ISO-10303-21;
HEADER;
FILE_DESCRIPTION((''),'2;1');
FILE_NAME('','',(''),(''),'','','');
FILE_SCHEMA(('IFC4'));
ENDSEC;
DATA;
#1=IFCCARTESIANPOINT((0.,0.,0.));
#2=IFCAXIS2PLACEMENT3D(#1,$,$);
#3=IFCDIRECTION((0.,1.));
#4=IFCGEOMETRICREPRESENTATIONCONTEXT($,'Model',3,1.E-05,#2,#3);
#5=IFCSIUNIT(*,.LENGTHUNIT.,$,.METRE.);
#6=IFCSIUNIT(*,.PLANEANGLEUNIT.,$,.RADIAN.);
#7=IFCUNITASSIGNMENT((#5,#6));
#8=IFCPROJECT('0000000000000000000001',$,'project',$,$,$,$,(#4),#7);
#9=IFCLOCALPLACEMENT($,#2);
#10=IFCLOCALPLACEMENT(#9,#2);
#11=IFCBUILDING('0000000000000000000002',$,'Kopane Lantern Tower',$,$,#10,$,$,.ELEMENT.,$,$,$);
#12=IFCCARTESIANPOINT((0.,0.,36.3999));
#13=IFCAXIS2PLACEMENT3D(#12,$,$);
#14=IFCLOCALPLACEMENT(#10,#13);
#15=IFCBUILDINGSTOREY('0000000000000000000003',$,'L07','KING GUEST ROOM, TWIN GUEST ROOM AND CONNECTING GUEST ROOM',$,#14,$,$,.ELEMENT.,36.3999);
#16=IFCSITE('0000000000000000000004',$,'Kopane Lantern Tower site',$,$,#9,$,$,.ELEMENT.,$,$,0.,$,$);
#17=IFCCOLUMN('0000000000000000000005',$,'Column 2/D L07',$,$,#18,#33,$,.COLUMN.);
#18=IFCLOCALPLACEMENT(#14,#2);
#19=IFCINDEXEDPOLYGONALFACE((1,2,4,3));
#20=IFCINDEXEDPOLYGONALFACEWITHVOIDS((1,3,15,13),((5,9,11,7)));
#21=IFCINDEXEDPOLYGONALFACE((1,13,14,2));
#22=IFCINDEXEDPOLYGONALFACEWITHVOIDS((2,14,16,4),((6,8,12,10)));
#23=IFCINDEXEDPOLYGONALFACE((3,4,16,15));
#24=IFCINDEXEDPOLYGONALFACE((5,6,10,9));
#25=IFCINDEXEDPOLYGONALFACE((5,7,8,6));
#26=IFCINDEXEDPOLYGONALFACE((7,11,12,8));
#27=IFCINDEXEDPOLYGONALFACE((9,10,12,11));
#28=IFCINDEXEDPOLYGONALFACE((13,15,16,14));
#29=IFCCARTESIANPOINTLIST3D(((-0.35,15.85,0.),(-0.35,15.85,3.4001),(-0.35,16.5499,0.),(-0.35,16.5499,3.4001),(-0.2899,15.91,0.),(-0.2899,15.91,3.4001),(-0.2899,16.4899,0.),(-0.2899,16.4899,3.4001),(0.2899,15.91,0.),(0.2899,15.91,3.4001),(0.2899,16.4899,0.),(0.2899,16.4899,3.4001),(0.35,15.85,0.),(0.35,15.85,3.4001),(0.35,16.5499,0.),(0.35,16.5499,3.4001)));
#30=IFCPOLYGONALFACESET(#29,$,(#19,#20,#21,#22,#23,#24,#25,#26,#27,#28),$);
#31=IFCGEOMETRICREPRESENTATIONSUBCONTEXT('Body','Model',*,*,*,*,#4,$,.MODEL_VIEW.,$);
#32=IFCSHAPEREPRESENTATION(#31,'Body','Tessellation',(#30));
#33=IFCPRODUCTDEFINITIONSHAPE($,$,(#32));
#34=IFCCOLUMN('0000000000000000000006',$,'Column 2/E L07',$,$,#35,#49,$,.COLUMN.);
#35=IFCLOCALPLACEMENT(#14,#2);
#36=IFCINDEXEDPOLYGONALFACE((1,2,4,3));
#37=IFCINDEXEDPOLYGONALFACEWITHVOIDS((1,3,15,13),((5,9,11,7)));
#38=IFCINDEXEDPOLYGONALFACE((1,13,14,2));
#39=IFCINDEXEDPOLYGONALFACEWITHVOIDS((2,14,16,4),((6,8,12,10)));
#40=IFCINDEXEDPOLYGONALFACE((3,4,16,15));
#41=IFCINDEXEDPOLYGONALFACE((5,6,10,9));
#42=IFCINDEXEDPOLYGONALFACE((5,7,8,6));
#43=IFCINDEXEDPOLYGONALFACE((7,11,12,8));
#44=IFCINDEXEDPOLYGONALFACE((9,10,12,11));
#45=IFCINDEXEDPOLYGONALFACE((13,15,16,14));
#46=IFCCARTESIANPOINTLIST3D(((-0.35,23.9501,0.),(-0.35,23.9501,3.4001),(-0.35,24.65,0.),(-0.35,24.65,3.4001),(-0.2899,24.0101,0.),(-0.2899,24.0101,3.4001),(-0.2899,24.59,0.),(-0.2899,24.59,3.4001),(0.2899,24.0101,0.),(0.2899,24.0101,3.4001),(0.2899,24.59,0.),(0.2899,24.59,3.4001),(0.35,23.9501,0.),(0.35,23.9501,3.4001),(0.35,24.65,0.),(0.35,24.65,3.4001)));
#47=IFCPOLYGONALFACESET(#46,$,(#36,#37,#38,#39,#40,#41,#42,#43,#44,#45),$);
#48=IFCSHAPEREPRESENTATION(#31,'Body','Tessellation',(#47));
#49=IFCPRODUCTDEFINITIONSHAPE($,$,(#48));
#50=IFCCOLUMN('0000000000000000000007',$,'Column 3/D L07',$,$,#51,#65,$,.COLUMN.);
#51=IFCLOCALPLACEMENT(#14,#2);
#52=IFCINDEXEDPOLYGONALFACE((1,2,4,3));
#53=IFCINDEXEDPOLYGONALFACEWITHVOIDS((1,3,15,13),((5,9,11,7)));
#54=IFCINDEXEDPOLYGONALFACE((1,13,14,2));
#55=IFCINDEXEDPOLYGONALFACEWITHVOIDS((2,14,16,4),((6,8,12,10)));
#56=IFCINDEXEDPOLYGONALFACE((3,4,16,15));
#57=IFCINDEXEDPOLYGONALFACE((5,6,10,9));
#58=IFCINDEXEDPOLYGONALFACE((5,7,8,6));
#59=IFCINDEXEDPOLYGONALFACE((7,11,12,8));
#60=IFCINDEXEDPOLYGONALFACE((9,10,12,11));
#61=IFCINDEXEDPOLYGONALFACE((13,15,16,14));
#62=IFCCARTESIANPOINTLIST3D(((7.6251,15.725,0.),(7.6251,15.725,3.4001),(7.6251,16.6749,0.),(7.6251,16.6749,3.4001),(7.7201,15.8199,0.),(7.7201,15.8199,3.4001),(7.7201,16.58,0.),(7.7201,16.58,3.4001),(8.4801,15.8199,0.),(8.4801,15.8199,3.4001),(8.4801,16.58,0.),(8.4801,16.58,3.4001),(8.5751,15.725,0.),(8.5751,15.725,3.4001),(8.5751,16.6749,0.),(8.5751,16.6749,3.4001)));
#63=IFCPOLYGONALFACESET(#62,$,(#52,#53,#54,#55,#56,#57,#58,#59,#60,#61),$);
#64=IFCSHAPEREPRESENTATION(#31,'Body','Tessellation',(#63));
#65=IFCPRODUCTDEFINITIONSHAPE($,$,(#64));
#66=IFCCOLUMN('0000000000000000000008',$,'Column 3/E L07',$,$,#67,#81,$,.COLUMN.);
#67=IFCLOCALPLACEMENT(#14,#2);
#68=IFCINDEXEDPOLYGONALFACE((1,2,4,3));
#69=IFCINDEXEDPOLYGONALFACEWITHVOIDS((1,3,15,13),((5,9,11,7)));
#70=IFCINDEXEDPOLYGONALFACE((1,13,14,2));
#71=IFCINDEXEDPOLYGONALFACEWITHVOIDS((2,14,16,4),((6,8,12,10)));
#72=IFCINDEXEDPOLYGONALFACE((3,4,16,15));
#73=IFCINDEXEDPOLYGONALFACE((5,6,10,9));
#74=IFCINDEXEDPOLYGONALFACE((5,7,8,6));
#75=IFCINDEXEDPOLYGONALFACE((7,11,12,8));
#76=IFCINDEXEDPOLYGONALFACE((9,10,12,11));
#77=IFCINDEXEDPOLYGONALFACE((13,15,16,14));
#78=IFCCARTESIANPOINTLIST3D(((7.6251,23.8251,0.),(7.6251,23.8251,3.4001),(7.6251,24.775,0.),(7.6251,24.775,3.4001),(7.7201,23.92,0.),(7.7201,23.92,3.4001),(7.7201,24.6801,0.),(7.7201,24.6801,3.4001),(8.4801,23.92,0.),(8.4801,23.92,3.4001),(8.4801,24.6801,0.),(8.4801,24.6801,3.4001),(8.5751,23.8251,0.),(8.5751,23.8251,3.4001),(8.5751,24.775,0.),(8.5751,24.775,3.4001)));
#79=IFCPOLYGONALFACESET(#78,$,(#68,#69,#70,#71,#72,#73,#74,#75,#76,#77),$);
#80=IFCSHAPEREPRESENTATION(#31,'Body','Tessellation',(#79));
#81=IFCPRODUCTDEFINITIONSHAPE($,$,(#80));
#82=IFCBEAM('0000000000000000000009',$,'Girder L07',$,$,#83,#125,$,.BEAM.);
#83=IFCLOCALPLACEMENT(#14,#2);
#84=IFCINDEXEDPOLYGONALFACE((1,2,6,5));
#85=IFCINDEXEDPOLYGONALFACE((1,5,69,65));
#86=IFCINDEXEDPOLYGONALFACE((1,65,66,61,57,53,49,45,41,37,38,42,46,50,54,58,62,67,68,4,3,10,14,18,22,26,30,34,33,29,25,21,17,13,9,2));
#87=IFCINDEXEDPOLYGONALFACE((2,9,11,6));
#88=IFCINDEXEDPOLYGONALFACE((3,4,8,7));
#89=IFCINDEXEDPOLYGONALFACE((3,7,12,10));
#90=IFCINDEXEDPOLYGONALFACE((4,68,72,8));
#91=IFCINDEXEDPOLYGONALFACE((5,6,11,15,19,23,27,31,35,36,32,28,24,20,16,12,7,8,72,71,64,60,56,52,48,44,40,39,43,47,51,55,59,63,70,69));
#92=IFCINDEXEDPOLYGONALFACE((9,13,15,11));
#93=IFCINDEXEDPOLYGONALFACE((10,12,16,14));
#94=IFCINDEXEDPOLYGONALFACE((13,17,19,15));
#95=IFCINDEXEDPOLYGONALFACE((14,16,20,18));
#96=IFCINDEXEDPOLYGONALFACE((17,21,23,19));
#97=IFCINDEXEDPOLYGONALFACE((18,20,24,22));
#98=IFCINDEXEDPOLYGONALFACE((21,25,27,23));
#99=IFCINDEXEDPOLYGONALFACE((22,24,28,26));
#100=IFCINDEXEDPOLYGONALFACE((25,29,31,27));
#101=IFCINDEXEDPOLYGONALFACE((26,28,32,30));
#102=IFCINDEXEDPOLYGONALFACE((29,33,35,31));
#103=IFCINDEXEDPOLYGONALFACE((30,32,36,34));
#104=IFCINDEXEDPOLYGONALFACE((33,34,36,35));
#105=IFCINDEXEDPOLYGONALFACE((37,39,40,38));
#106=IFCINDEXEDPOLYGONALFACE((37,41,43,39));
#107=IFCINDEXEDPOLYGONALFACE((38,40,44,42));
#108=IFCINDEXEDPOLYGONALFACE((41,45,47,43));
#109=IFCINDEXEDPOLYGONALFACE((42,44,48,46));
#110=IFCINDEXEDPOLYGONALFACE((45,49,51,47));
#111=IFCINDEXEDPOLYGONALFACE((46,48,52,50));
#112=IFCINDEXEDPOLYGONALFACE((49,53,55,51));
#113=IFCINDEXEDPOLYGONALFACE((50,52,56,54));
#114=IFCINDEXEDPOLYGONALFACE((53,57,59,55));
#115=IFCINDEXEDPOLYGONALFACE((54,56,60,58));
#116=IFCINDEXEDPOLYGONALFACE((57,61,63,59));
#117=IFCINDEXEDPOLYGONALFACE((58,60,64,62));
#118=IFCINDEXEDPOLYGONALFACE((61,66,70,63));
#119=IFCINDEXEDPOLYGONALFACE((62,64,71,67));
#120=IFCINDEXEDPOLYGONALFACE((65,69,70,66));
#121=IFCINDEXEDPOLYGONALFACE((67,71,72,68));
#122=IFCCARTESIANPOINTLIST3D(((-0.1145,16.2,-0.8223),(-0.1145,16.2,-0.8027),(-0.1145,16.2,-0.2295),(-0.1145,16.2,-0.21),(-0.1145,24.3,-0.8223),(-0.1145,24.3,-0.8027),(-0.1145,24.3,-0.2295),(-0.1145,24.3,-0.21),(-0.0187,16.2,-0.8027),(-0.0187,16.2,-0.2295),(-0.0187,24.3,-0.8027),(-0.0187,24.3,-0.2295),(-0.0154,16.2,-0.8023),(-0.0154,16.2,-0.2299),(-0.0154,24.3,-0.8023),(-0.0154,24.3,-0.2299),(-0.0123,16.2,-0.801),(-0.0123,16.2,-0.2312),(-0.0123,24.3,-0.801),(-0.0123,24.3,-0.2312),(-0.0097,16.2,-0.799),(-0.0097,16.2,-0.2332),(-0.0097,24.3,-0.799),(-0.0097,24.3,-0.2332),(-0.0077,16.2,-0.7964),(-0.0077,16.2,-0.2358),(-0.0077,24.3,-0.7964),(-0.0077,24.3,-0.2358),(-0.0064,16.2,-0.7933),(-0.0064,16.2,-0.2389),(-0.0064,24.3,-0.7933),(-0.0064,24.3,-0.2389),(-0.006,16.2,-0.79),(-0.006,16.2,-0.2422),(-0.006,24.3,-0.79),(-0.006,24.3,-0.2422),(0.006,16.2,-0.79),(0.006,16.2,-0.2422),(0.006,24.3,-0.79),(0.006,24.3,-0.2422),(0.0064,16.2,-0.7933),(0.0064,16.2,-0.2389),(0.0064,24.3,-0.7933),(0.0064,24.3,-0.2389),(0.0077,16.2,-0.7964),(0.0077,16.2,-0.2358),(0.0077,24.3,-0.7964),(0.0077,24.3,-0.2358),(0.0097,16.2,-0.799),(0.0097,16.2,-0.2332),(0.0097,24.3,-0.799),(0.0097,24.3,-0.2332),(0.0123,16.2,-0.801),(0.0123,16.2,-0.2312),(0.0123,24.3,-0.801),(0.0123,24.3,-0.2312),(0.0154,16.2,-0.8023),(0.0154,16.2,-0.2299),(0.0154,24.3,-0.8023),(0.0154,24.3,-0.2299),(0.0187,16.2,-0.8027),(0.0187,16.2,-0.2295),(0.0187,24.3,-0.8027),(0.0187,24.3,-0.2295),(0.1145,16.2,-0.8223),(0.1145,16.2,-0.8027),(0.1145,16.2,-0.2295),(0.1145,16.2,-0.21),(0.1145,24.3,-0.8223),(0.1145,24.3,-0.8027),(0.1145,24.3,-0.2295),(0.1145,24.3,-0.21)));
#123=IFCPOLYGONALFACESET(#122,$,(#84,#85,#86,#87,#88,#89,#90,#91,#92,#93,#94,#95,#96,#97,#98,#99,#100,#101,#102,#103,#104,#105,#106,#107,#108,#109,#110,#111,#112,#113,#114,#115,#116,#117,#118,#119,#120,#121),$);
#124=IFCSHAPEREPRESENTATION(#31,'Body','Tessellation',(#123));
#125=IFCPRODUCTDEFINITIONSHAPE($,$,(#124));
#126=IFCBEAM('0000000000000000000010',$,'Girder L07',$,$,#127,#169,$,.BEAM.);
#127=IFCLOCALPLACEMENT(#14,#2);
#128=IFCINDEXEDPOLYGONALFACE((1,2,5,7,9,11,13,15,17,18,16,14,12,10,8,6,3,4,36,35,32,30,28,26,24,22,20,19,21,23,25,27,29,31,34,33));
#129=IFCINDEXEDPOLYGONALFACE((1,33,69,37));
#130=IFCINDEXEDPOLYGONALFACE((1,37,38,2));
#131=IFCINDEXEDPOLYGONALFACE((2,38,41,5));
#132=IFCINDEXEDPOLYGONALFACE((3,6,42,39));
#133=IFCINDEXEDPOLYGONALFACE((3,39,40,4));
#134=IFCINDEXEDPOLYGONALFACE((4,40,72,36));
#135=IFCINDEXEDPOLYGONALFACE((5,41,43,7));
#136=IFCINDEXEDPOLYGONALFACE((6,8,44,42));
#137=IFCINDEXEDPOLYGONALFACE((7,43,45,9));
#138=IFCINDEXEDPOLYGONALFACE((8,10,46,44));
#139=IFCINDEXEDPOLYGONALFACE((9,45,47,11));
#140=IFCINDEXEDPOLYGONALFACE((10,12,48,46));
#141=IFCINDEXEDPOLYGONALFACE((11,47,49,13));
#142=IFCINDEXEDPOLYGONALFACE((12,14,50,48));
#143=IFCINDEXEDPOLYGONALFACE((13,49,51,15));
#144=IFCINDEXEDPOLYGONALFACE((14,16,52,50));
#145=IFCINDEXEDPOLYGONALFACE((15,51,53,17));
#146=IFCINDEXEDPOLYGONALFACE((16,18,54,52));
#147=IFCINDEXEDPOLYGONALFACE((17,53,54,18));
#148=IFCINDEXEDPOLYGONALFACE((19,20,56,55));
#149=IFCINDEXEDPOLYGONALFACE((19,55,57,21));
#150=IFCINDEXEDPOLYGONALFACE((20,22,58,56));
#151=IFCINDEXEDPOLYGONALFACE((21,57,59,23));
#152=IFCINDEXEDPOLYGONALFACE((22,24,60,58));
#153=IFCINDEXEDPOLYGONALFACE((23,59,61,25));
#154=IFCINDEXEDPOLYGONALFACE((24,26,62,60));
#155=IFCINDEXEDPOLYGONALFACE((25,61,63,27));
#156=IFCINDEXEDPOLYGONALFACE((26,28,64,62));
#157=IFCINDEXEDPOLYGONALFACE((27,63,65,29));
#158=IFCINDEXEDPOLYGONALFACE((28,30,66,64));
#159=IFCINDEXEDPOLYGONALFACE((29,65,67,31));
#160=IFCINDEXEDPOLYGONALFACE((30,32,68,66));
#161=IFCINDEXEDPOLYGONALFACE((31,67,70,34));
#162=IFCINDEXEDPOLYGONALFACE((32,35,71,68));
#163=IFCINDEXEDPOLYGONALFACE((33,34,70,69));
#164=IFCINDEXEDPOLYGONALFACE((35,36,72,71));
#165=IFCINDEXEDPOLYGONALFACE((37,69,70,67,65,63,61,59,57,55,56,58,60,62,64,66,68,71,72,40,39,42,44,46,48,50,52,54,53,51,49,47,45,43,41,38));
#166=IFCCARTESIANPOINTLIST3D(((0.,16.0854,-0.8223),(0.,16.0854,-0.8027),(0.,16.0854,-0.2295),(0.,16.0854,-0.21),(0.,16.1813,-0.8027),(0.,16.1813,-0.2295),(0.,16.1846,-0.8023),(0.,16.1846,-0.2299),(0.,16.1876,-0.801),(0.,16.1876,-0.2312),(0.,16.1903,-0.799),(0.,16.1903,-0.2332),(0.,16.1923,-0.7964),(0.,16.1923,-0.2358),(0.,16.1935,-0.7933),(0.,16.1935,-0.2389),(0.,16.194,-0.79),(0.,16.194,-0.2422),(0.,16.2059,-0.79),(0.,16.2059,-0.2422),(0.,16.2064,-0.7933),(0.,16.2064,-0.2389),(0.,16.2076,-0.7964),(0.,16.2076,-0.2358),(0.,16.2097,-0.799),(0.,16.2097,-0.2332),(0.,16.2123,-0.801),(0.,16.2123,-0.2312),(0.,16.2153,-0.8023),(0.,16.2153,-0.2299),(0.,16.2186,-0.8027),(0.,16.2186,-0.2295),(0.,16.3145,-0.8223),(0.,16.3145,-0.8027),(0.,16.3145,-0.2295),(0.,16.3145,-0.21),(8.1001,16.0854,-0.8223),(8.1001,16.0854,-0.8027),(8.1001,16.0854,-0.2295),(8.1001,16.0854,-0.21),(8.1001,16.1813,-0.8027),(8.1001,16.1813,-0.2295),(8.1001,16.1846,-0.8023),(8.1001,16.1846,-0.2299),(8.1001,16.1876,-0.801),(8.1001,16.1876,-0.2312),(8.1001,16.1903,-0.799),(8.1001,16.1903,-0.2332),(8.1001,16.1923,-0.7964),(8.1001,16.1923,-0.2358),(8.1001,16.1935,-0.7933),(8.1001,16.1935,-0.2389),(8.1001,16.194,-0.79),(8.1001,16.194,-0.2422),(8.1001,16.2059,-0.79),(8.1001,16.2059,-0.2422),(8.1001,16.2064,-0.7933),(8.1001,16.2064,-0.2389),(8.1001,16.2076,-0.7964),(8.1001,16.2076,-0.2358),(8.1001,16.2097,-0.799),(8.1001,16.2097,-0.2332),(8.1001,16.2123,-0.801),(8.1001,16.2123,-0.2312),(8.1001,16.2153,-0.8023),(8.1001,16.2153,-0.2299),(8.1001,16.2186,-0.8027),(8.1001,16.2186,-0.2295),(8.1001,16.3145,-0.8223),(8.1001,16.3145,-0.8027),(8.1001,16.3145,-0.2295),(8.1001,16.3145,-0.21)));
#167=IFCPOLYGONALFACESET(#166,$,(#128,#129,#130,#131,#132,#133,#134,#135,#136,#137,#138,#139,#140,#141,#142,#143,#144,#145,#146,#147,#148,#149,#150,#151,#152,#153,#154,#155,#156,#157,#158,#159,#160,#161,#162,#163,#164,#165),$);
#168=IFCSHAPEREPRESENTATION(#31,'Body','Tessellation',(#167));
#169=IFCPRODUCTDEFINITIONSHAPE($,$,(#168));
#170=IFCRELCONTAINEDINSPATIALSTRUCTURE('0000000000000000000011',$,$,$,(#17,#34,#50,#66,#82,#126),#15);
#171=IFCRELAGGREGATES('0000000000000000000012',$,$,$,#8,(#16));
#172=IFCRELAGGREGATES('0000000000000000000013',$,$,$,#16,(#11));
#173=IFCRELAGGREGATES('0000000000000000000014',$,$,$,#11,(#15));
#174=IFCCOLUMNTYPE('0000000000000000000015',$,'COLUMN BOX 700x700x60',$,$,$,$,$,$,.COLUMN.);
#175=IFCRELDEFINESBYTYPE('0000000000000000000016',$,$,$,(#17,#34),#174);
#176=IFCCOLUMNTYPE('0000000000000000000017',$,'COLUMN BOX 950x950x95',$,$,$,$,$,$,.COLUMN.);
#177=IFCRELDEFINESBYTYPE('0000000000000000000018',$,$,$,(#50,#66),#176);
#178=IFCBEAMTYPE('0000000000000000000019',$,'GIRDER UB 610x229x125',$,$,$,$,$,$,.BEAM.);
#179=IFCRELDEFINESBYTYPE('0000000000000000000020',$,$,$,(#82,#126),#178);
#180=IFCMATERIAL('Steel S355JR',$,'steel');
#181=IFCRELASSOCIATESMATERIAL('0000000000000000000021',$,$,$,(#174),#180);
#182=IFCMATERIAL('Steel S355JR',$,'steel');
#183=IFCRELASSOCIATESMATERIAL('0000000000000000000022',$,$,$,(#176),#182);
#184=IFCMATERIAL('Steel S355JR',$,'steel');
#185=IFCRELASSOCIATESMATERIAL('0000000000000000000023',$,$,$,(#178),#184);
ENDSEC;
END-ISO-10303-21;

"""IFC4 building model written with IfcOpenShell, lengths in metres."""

from ifc_helpers import new_model, si_unit, direction, frame, origin, origin_2d, place, context, subcontext, project, spatial, hollow_rectangle, i_section, extrude, material, material_profile, profile_set, type_object, element, save


model = new_model("IFC4")

# Units and contexts
model_context = context("Model", 3, precision=1e-05, world=origin(), true_north=direction((0.0, 1.0)))
body_context = subcontext(model_context, "Body", "Model", "MODEL_VIEW")
ifc_project = project(units=[si_unit("LENGTHUNIT", "METRE"), si_unit("PLANEANGLEUNIT", "RADIAN")], contexts=[model_context])

# Site, building, storey
site_placement = place(None, origin())
site = spatial("IfcSite", under=ifc_project, at=site_placement, Name="Kopane Lantern Tower site", CompositionType="ELEMENT", RefElevation=0.0)
building_placement = place(site_placement, origin())
building = spatial("IfcBuilding", under=site, at=building_placement, Name="Kopane Lantern Tower", CompositionType="ELEMENT")
storey_placement = place(building_placement, frame((0.0, 0.0, 36.3999)))
storey = spatial("IfcBuildingStorey", under=building, at=storey_placement, Name="L07", Description="KING GUEST ROOM, TWIN GUEST ROOM AND CONNECTING GUEST ROOM", CompositionType="ELEMENT", Elevation=36.3999)

# Columns
ifc_material_1 = material(Name="Steel S355JR", Category="steel")
ifc_material_profile_1 = material_profile(ifc_material_1, hollow_rectangle(XDim=0.7, YDim=0.7, WallThickness=0.0601, at=origin_2d()), Name="BOX 700x700x60")
ifc_profile_set_1 = profile_set([ifc_material_profile_1], Name="Steel S355JR")
column_type_1 = type_object("IfcColumnType", Name="COLUMN BOX 700x700x60", PredefinedType="COLUMN", material=ifc_profile_set_1)
for number, where, z_axis, x_axis, name in (
    (1, (0.0, 16.2, 0.0), (0.0, 0.0, 1.0), (1.0, 0.0, 0.0), "Column 2/D L07"),
    (2, (0.0, 24.3, 0.0), (0.0, 0.0, 1.0), (1.0, 0.0, 0.0), "Column 2/E L07"),
):
    element("IfcColumn", number, at=place(storey_placement, frame(where, z_axis=z_axis, x_axis=x_axis)), inside=storey, type_object=column_type_1, Name=name, PredefinedType="COLUMN", context=body_context, shape_type="SweptSolid", body=[
        extrude(hollow_rectangle(XDim=0.7, YDim=0.7, WallThickness=0.0601, at=origin_2d()), origin(), (0.0, 0.0, 1.0), 3.4001),
    ])
ifc_material_2 = material(Name="Steel S355JR", Category="steel")
ifc_material_profile_2 = material_profile(ifc_material_2, hollow_rectangle(XDim=0.95, YDim=0.95, WallThickness=0.095, at=origin_2d()), Name="BOX 950x950x95")
ifc_profile_set_2 = profile_set([ifc_material_profile_2], Name="Steel S355JR")
column_type_2 = type_object("IfcColumnType", Name="COLUMN BOX 950x950x95", PredefinedType="COLUMN", material=ifc_profile_set_2)
for number, where, z_axis, x_axis, name in (
    (3, (8.1001, 16.2, 0.0), (0.0, 0.0, 1.0), (1.0, 0.0, 0.0), "Column 3/D L07"),
    (4, (8.1001, 24.3, 0.0), (0.0, 0.0, 1.0), (1.0, 0.0, 0.0), "Column 3/E L07"),
):
    element("IfcColumn", number, at=place(storey_placement, frame(where, z_axis=z_axis, x_axis=x_axis)), inside=storey, type_object=column_type_2, Name=name, PredefinedType="COLUMN", context=body_context, shape_type="SweptSolid", body=[
        extrude(hollow_rectangle(XDim=0.95, YDim=0.95, WallThickness=0.095, at=origin_2d()), origin(), (0.0, 0.0, 1.0), 3.4001),
    ])

# Beams
ifc_material_3 = material(Name="Steel S355JR", Category="steel")
ifc_material_profile_3 = material_profile(ifc_material_3, i_section(OverallWidth=0.229, OverallDepth=0.6123, WebThickness=0.012, FlangeThickness=0.0195, FilletRadius=0.0127, at=origin_2d()), Name="UB 610x229x125")
ifc_profile_set_3 = profile_set([ifc_material_profile_3], Name="Steel S355JR")
beam_type = type_object("IfcBeamType", Name="GIRDER UB 610x229x125", PredefinedType="BEAM", material=ifc_profile_set_3)
for number, where, z_axis, x_axis, name in (
    (5, (0.0, 16.2, -0.5161), (0.0, 1.0, 0.0), (-1.0, 0.0, 0.0), "Girder L07"),
    (6, (0.0, 16.2, -0.5161), (1.0, 0.0, 0.0), (0.0, 1.0, 0.0), "Girder L07"),
):
    element("IfcBeam", number, at=place(storey_placement, frame(where, z_axis=z_axis, x_axis=x_axis)), inside=storey, type_object=beam_type, Name=name, PredefinedType="BEAM", context=body_context, shape_type="SweptSolid", body=[
        extrude(i_section(OverallWidth=0.229, OverallDepth=0.6123, WebThickness=0.012, FlangeThickness=0.0195, FilletRadius=0.0127, at=origin_2d()), origin(), (0.0, 0.0, 1.0), 8.1001),
    ])

save(model, "model.ifc")
